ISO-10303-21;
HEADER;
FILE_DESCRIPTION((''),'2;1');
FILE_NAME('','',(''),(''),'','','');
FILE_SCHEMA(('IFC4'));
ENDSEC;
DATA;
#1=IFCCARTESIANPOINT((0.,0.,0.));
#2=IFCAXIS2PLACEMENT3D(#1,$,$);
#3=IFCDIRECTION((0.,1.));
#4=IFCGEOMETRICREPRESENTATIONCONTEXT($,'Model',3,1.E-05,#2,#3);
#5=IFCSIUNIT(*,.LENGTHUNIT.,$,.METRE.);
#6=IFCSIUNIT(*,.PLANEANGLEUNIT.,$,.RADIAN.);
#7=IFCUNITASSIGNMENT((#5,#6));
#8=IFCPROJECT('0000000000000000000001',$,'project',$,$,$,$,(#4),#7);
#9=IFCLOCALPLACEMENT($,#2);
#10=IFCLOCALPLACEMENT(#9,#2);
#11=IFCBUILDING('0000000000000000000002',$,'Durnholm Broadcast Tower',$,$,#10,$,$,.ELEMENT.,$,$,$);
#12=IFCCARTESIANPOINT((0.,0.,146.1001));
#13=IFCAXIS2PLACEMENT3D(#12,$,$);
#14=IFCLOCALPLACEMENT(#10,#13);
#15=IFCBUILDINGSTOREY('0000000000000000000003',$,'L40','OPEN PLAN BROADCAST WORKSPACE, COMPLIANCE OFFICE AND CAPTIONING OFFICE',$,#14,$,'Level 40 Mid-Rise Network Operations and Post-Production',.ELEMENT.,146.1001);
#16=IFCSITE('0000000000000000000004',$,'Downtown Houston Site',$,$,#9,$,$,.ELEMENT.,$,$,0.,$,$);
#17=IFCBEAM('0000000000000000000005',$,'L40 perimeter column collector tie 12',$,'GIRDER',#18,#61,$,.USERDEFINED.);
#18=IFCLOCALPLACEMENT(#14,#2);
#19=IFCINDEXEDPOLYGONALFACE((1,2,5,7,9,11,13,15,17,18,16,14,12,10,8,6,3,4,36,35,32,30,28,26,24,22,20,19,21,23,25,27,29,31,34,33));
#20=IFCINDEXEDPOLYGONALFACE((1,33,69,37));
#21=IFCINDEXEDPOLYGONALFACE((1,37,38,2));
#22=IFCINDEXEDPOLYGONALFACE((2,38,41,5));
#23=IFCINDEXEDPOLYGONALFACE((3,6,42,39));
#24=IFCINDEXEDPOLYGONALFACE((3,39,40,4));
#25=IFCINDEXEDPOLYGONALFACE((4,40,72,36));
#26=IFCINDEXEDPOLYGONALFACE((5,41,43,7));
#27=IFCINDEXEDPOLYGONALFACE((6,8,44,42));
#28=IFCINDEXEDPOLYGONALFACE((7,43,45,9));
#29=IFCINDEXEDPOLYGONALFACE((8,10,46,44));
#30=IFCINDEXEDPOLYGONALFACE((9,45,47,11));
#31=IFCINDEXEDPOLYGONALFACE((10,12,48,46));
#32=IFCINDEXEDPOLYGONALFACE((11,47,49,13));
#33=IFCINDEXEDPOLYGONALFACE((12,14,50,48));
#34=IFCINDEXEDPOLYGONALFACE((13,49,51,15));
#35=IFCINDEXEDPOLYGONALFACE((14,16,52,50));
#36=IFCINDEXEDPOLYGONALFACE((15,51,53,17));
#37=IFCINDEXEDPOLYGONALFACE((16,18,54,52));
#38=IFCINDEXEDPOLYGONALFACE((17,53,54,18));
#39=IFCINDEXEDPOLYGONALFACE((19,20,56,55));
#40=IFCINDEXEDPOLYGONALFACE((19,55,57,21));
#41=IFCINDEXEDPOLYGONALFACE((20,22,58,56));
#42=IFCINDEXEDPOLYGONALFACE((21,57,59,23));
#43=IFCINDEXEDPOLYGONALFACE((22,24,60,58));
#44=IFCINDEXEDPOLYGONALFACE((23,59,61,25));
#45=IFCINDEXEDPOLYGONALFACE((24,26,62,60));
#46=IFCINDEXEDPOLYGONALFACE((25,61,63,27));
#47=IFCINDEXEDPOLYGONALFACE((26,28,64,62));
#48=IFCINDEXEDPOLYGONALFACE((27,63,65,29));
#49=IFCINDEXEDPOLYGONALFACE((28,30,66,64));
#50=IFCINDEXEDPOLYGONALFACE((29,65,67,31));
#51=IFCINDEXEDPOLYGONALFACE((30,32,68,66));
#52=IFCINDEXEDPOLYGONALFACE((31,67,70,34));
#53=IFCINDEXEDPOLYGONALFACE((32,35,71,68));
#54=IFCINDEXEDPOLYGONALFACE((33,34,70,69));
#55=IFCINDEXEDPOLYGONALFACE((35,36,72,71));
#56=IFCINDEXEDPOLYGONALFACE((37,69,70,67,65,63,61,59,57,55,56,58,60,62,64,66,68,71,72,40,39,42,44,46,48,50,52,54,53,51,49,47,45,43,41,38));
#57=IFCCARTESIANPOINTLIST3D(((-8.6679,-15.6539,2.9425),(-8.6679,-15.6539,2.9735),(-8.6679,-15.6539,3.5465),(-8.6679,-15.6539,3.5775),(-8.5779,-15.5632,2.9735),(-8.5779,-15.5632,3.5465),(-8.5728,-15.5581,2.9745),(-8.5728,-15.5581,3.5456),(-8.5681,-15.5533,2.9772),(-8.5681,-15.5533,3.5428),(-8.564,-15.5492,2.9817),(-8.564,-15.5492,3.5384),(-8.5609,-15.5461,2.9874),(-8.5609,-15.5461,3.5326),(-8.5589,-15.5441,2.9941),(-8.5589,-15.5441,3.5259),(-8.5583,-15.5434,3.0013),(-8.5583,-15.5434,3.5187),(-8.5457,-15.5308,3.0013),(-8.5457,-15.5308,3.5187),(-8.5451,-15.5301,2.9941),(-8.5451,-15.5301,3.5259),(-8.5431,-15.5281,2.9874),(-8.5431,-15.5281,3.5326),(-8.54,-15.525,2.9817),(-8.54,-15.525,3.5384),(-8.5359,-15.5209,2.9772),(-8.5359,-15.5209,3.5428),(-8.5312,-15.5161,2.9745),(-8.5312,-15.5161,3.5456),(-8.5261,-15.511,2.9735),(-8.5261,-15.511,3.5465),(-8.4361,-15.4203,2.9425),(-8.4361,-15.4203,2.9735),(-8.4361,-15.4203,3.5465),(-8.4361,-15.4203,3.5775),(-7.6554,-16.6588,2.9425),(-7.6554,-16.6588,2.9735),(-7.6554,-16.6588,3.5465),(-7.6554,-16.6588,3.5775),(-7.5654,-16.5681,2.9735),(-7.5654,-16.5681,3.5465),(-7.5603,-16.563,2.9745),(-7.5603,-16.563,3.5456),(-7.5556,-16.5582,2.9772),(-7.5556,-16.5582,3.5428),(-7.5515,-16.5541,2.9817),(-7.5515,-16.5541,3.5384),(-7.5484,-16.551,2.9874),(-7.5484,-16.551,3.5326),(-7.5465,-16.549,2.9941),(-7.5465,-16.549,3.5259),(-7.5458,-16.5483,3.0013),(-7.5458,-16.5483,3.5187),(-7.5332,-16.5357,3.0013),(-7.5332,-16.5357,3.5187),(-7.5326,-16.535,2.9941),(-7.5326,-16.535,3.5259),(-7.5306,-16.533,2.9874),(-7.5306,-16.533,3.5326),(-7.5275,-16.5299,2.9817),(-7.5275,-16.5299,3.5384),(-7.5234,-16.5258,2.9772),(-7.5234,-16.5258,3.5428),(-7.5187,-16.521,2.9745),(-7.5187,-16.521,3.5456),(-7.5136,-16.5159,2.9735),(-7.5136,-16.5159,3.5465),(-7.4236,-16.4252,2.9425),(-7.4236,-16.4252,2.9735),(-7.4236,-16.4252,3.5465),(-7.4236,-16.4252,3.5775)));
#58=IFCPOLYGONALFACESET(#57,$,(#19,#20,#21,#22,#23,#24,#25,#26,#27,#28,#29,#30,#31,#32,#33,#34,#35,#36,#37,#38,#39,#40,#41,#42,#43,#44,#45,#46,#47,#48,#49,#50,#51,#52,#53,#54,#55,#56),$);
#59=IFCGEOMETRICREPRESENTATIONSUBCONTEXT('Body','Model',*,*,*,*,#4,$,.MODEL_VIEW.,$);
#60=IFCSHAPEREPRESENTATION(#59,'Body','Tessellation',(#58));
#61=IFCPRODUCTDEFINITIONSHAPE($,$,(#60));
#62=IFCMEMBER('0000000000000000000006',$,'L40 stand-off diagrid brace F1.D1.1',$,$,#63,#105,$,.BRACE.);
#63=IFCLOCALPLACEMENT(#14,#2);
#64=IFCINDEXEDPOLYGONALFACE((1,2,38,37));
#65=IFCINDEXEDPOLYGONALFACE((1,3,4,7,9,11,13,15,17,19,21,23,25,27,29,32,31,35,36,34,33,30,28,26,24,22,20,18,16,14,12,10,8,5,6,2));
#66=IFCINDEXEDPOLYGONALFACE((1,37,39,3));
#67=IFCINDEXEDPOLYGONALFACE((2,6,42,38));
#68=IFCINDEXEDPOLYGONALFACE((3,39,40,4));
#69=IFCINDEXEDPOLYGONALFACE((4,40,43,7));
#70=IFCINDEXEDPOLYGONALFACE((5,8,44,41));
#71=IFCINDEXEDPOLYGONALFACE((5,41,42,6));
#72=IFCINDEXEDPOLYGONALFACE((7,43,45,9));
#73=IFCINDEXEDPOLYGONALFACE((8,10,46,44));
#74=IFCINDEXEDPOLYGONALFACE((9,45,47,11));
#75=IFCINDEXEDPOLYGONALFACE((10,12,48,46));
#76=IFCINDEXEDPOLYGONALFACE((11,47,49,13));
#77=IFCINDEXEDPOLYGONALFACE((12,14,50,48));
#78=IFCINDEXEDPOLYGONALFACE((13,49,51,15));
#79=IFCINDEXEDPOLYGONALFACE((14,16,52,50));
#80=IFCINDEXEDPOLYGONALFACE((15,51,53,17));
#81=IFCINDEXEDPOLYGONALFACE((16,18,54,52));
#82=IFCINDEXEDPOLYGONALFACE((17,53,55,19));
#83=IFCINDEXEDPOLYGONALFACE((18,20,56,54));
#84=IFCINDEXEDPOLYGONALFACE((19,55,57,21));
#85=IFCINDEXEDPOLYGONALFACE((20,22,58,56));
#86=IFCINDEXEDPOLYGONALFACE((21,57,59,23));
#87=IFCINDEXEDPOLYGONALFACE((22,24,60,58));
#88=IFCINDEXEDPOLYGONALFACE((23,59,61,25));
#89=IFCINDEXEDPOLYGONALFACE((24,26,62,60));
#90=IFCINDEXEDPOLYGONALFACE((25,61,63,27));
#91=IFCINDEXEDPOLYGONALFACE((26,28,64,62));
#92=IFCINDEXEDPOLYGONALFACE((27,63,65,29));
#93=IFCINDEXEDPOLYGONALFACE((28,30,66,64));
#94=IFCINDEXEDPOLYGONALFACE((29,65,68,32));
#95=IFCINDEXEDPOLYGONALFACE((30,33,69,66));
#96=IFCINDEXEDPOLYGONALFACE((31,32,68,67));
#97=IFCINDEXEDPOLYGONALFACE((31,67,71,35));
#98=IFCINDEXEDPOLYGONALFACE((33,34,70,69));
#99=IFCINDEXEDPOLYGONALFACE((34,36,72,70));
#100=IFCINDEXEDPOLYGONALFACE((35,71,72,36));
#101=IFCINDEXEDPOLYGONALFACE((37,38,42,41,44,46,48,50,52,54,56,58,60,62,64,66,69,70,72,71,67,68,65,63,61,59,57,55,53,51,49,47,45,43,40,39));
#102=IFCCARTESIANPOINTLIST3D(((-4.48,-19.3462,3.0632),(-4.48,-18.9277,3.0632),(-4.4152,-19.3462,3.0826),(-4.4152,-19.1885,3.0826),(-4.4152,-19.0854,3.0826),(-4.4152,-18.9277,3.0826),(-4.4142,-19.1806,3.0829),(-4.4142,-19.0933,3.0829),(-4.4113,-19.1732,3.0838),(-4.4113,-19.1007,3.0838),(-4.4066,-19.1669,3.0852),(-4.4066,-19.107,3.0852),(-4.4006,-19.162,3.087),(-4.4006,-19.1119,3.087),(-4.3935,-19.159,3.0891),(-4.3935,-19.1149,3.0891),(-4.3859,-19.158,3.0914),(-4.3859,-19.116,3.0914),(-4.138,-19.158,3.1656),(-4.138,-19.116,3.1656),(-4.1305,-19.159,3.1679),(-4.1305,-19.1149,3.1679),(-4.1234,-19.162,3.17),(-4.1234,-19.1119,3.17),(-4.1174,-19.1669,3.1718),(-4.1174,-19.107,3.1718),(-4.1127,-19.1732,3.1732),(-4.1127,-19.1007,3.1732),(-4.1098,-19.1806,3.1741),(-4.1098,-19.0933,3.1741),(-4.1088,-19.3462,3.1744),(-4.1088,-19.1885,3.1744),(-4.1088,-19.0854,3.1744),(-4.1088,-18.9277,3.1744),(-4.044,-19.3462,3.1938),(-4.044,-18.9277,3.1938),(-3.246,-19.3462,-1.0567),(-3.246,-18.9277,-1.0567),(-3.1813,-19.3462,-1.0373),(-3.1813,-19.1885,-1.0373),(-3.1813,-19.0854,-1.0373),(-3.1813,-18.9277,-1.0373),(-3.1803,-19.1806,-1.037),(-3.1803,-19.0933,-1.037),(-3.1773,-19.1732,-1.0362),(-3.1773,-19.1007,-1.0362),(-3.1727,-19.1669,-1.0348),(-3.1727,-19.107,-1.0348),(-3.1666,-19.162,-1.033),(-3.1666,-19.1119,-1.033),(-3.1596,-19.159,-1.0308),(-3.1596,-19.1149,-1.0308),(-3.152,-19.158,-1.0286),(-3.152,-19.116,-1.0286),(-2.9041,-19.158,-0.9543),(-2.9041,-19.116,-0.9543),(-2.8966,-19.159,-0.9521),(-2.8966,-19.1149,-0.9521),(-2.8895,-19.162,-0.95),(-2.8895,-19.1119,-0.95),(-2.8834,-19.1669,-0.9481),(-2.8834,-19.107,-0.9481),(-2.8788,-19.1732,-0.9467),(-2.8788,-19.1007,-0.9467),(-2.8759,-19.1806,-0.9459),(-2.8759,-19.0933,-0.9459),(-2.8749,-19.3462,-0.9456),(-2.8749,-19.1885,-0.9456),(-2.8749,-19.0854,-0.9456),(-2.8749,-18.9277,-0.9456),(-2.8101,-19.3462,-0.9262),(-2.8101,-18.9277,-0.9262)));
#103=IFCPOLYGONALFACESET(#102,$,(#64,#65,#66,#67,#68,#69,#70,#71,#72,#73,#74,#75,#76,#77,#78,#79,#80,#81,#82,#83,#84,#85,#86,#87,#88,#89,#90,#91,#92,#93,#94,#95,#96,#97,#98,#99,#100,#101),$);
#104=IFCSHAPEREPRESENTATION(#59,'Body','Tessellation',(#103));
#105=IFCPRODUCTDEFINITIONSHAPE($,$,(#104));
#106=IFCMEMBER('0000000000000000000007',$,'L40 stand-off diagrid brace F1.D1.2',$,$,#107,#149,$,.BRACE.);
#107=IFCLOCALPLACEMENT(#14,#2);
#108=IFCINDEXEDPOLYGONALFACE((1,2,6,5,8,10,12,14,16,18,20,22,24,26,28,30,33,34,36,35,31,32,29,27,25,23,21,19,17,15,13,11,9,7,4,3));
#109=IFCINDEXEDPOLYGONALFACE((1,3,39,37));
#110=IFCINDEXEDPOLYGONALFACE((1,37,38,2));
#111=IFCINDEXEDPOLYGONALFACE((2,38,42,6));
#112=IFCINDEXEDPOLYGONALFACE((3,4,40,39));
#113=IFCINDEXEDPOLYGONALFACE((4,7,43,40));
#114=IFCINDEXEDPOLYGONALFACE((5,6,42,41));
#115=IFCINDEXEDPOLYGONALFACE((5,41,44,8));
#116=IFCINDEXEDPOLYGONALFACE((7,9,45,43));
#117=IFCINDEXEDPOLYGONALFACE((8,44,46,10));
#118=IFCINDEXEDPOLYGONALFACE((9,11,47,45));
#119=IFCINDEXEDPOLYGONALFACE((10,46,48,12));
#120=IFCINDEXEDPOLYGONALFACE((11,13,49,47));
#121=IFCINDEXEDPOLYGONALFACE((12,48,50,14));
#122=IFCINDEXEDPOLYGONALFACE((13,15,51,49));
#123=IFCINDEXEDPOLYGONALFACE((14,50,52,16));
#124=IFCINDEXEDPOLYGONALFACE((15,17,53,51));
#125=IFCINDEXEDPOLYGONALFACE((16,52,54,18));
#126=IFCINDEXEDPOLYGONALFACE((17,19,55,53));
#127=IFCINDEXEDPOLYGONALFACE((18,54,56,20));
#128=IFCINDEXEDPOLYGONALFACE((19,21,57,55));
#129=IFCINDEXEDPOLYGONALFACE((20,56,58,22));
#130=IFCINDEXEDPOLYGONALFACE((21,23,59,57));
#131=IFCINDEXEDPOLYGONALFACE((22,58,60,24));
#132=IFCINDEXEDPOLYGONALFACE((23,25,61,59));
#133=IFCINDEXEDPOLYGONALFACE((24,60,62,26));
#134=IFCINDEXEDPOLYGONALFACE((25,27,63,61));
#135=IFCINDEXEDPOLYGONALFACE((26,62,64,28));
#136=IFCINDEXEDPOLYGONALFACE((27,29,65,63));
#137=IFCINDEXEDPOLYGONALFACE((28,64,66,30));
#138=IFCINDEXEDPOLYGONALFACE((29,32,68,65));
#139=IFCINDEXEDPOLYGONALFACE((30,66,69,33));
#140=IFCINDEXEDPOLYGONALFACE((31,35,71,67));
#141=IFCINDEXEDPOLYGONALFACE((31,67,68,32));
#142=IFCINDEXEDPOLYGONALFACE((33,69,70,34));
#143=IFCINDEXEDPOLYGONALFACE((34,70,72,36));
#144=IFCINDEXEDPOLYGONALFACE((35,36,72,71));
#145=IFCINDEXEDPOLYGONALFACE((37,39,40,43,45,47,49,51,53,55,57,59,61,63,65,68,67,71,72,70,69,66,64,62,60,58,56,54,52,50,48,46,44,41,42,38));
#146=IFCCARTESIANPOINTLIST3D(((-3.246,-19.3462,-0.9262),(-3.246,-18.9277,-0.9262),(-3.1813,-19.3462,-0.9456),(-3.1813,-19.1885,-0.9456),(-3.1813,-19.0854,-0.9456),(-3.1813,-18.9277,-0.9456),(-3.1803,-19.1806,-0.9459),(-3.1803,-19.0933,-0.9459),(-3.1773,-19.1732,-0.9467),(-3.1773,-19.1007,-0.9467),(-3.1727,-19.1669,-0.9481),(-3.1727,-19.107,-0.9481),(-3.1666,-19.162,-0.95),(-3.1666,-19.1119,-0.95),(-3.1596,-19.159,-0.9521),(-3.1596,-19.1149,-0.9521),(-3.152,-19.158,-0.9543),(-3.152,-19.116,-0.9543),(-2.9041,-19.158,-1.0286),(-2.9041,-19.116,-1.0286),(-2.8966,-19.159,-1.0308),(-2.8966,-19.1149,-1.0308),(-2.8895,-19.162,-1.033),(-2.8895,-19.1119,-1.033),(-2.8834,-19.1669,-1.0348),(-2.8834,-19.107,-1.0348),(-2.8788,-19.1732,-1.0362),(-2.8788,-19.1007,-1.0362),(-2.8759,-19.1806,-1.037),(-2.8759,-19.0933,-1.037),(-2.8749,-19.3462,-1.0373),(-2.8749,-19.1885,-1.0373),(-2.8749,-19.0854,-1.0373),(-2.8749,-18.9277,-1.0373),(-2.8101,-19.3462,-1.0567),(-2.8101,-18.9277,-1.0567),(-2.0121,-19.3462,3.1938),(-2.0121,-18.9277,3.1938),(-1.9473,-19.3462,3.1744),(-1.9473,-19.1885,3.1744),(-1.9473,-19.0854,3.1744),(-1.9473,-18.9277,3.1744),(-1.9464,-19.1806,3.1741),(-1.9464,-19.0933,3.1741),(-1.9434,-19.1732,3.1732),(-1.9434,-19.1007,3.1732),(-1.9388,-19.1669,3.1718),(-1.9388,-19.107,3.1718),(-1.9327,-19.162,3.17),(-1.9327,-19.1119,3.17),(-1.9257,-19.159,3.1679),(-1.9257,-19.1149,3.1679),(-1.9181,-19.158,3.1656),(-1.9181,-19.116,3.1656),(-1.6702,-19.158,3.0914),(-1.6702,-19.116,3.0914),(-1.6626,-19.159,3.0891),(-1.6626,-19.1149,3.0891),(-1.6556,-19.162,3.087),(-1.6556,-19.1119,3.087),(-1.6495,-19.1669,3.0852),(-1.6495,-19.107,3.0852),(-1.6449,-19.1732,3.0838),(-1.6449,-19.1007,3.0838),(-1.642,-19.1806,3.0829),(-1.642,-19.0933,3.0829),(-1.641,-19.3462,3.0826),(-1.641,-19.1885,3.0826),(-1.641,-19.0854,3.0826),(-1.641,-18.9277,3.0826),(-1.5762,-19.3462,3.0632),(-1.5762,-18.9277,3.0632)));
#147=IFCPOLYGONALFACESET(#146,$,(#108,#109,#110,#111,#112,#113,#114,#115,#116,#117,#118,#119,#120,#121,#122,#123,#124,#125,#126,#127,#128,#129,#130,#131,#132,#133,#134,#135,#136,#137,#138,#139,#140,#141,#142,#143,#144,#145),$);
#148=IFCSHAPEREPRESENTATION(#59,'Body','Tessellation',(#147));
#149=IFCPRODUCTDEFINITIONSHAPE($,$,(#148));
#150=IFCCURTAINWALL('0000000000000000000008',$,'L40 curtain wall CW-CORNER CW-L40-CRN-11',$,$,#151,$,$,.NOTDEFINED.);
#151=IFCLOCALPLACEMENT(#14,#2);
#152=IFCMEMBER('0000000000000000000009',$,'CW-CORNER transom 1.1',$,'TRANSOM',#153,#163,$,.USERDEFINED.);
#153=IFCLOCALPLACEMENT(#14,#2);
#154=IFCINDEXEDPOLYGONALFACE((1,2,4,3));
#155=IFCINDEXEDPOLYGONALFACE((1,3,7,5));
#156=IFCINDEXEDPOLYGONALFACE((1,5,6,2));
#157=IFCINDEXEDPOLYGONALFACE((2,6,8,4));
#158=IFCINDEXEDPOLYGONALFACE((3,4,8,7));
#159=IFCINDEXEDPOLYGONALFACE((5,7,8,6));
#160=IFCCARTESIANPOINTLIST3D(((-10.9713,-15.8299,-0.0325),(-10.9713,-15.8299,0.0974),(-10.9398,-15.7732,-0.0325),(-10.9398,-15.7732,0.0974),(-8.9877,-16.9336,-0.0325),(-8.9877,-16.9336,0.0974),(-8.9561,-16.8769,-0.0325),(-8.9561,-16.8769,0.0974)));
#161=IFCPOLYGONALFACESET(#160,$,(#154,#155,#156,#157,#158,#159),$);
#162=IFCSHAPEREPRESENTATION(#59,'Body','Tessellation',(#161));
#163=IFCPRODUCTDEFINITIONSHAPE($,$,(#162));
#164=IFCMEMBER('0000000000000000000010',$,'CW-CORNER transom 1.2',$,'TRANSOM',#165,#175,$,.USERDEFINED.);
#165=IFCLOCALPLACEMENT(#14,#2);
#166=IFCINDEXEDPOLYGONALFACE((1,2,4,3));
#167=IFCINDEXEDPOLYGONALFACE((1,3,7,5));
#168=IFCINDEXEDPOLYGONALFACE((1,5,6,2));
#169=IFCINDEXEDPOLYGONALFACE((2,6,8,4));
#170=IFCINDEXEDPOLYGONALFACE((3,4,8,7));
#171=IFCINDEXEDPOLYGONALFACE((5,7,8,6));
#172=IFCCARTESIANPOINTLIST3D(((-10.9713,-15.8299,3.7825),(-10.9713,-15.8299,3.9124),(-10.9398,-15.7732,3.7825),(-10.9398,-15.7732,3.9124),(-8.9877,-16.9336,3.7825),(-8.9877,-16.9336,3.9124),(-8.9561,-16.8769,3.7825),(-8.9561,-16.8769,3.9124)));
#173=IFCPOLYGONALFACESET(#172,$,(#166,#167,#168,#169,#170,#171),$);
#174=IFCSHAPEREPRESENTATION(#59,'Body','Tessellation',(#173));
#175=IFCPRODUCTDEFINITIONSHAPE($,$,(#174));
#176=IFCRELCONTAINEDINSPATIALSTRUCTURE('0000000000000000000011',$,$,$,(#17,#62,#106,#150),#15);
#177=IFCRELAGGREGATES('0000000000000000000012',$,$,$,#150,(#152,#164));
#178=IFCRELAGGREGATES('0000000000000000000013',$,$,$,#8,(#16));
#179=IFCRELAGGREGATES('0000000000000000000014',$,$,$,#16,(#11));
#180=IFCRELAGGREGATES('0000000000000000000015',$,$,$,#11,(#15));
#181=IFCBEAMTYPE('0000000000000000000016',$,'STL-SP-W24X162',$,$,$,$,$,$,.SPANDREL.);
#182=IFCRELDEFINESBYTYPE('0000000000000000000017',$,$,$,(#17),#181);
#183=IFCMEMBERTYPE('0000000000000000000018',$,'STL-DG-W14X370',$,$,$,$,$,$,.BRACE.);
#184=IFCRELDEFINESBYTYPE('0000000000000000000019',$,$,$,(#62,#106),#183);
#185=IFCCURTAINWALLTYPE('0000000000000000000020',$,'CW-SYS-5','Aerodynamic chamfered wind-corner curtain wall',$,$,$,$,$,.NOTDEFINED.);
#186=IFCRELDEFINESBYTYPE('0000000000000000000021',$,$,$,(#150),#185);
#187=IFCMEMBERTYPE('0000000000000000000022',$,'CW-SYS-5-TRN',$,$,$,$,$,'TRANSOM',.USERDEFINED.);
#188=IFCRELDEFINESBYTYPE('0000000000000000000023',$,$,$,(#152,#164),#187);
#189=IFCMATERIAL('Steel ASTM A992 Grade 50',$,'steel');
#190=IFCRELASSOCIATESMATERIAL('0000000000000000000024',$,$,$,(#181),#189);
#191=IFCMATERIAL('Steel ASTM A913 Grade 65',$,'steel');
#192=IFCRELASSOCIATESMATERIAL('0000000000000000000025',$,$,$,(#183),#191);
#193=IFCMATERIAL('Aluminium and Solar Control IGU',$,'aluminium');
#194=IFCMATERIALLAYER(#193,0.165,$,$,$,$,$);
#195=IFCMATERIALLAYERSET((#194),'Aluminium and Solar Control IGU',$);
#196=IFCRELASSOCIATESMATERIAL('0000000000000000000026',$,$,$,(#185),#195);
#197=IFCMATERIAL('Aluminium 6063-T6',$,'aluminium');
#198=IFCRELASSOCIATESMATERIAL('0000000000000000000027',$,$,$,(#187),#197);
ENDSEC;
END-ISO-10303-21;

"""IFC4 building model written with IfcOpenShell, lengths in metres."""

from ifc_helpers import new_model, si_unit, direction, frame, origin, origin_2d, place, context, subcontext, project, spatial, rectangle, i_section, extrude, source, transform, mapped, material, layer, layer_set, material_profile, profile_set, type_object, type_shapes, element, aggregate, save


model = new_model("IFC4")

# Units and contexts
model_context = context("Model", 3, precision=1e-05, world=origin(), true_north=direction((0.0, 1.0)))
body_context = subcontext(model_context, "Body", "Model", "MODEL_VIEW")
ifc_project = project(units=[si_unit("LENGTHUNIT", "METRE"), si_unit("PLANEANGLEUNIT", "RADIAN")], contexts=[model_context])

# Site, building, storey
site_placement = place(None, origin())
site = spatial("IfcSite", under=ifc_project, at=site_placement, Name="Downtown Houston Site", CompositionType="ELEMENT", RefElevation=0.0)
building_placement = place(site_placement, origin())
building = spatial("IfcBuilding", under=site, at=building_placement, Name="Durnholm Broadcast Tower", CompositionType="ELEMENT")
storey_placement = place(building_placement, frame((0.0, 0.0, 146.1001)))
storey = spatial("IfcBuildingStorey", under=building, at=storey_placement, Name="L40", Description="OPEN PLAN BROADCAST WORKSPACE, COMPLIANCE OFFICE AND CAPTIONING OFFICE", LongName="Level 40 Mid-Rise Network Operations and Post-Production", CompositionType="ELEMENT", Elevation=146.1001)

# Beam
ifc_material_1 = material(Name="Steel ASTM A992 Grade 50", Category="steel")
ifc_material_profile_1 = material_profile(ifc_material_1, i_section(OverallWidth=0.3291, OverallDepth=0.635, WebThickness=0.0178, FlangeThickness=0.031, FilletRadius=0.0278, at=origin_2d()), Name="W24X162")
ifc_profile_set_1 = profile_set([ifc_material_profile_1], Name="Steel ASTM A992 Grade 50")
beam_type_1 = type_object("IfcBeamType", Name="STL-SP-W24X162", PredefinedType="SPANDREL", material=ifc_profile_set_1)
shared_shape_1 = source(origin(), body_context, "Body", "SweptSolid", [
    extrude(i_section(OverallWidth=0.3291, OverallDepth=0.635, WebThickness=0.0178, FlangeThickness=0.031, FilletRadius=0.0278, at=origin_2d()), origin(), (0.0, 0.0, 1.0), 1.4265),
])
type_shapes(beam_type_1, [shared_shape_1])
beam_1_placement = place(storey_placement, frame((-8.552, -15.5371, 3.26), z_axis=(0.709755, -0.704449, 0.0), x_axis=(0.704449, 0.709755, 0.0)))
element("IfcBeam", 1, at=beam_1_placement, inside=storey, type_object=beam_type_1, Name="L40 perimeter column collector tie 12", ObjectType="GIRDER", PredefinedType="USERDEFINED", context=body_context, shape_type="MappedRepresentation", body=[
    mapped(shared_shape_1, transform((0.0, 0.0, 0.0), x_axis=(1.0, 0.0, 0.0), y_axis=(0.0, 1.0, 0.0), z_axis=(0.0, 0.0, 1.0), scale=1.0)),
])

# Members
ifc_material_2 = material(Name="Steel ASTM A913 Grade 65", Category="steel")
ifc_material_profile_2 = material_profile(ifc_material_2, i_section(OverallWidth=0.4185, OverallDepth=0.4551, WebThickness=0.042, FlangeThickness=0.0676, FilletRadius=0.0305, at=origin_2d()), Name="W14X370")
ifc_profile_set_2 = profile_set([ifc_material_profile_2], Name="Steel ASTM A913 Grade 65")
member_type_1 = type_object("IfcMemberType", Name="STL-DG-W14X370", PredefinedType="BRACE", material=ifc_profile_set_2)
shared_shape_2 = source(origin(), body_context, "Body", "SweptSolid", [
    extrude(i_section(OverallWidth=0.4185, OverallDepth=0.4551, WebThickness=0.042, FlangeThickness=0.0676, FilletRadius=0.0305, at=origin_2d()), origin(), (0.0, 0.0, 1.0), 4.3008),
])
type_shapes(member_type_1, [shared_shape_2])
for number, where, z_axis, x_axis, name in (
    (2, (-3.0281, -19.137, -0.9915), (-0.286905, 0.0, 0.957959), (0.0, -1.0, 0.0), "L40 stand-off diagrid brace F1.D1.1"),
    (3, (-3.0281, -19.137, -0.9915), (0.286905, 0.0, 0.957959), (0.0, 1.0, 0.0), "L40 stand-off diagrid brace F1.D1.2"),
):
    element("IfcMember", number, at=place(storey_placement, frame(where, z_axis=z_axis, x_axis=x_axis)), inside=storey, type_object=member_type_1, Name=name, PredefinedType="BRACE", context=body_context, shape_type="MappedRepresentation", body=[
        mapped(shared_shape_2, transform((0.0, 0.0, 0.0), x_axis=(1.0, 0.0, 0.0), y_axis=(0.0, 1.0, 0.0), z_axis=(0.0, 0.0, 1.0), scale=1.0)),
    ])

# Curtain wall, members
ifc_material_3 = material(Name="Aluminium and Solar Control IGU", Category="aluminium")
ifc_layer_1 = layer(ifc_material_3, 0.165)
ifc_layer_set_1 = layer_set([ifc_layer_1], Name="Aluminium and Solar Control IGU")
curtain_wall_type_1 = type_object("IfcCurtainWallType", Name="CW-SYS-5", Description="Aerodynamic chamfered wind-corner curtain wall", PredefinedType="NOTDEFINED", material=ifc_layer_set_1)
curtain_wall_1_placement = place(storey_placement, origin())
curtain_wall_1 = element("IfcCurtainWall", 4, at=curtain_wall_1_placement, inside=storey, type_object=curtain_wall_type_1, Name="L40 curtain wall CW-CORNER CW-L40-CRN-11", PredefinedType="NOTDEFINED")
ifc_material_4 = material(Name="Aluminium 6063-T6", Category="aluminium")
ifc_material_profile_3 = material_profile(ifc_material_4, rectangle(XDim=0.0649, YDim=0.1299, at=origin_2d()), Name="CWT65X130")
ifc_profile_set_3 = profile_set([ifc_material_profile_3], Name="Aluminium 6063-T6")
member_type_2 = type_object("IfcMemberType", Name="CW-SYS-5-TRN", ElementType="TRANSOM", PredefinedType="USERDEFINED", material=ifc_profile_set_3)
shared_shape_3 = source(origin(), body_context, "Body", "SweptSolid", [
    extrude(rectangle(XDim=0.0649, YDim=0.1299, at=origin_2d()), origin(), (0.0, 0.0, 1.0), 2.27),
])
type_shapes(member_type_2, [shared_shape_3])
member_1_placement = place(storey_placement, frame((-8.9719, -16.9053, 0.0325), z_axis=(-0.873832, 0.486227, 0.0), x_axis=(-0.486227, -0.873832, 0.0)))
member_1 = element("IfcMember", 5, at=member_1_placement, type_object=member_type_2, Name="CW-CORNER transom 1.1", ObjectType="TRANSOM", PredefinedType="USERDEFINED", context=body_context, shape_type="MappedRepresentation", body=[
    mapped(shared_shape_3, transform((0.0, 0.0, 0.0), x_axis=(1.0, 0.0, 0.0), y_axis=(0.0, 1.0, 0.0), z_axis=(0.0, 0.0, 1.0), scale=1.0)),
])
member_2_placement = place(storey_placement, frame((-8.9719, -16.9053, 3.8474), z_axis=(-0.873832, 0.486227, 0.0), x_axis=(-0.486227, -0.873832, 0.0)))
member_2 = element("IfcMember", 6, at=member_2_placement, type_object=member_type_2, Name="CW-CORNER transom 1.2", ObjectType="TRANSOM", PredefinedType="USERDEFINED", context=body_context, shape_type="MappedRepresentation", body=[
    mapped(shared_shape_3, transform((0.0, 0.0, 0.0), x_axis=(1.0, 0.0, 0.0), y_axis=(0.0, 1.0, 0.0), z_axis=(0.0, 0.0, 1.0), scale=1.0)),
])
aggregate(curtain_wall_1, [member_1, member_2])

save(model, "model.ifc")
